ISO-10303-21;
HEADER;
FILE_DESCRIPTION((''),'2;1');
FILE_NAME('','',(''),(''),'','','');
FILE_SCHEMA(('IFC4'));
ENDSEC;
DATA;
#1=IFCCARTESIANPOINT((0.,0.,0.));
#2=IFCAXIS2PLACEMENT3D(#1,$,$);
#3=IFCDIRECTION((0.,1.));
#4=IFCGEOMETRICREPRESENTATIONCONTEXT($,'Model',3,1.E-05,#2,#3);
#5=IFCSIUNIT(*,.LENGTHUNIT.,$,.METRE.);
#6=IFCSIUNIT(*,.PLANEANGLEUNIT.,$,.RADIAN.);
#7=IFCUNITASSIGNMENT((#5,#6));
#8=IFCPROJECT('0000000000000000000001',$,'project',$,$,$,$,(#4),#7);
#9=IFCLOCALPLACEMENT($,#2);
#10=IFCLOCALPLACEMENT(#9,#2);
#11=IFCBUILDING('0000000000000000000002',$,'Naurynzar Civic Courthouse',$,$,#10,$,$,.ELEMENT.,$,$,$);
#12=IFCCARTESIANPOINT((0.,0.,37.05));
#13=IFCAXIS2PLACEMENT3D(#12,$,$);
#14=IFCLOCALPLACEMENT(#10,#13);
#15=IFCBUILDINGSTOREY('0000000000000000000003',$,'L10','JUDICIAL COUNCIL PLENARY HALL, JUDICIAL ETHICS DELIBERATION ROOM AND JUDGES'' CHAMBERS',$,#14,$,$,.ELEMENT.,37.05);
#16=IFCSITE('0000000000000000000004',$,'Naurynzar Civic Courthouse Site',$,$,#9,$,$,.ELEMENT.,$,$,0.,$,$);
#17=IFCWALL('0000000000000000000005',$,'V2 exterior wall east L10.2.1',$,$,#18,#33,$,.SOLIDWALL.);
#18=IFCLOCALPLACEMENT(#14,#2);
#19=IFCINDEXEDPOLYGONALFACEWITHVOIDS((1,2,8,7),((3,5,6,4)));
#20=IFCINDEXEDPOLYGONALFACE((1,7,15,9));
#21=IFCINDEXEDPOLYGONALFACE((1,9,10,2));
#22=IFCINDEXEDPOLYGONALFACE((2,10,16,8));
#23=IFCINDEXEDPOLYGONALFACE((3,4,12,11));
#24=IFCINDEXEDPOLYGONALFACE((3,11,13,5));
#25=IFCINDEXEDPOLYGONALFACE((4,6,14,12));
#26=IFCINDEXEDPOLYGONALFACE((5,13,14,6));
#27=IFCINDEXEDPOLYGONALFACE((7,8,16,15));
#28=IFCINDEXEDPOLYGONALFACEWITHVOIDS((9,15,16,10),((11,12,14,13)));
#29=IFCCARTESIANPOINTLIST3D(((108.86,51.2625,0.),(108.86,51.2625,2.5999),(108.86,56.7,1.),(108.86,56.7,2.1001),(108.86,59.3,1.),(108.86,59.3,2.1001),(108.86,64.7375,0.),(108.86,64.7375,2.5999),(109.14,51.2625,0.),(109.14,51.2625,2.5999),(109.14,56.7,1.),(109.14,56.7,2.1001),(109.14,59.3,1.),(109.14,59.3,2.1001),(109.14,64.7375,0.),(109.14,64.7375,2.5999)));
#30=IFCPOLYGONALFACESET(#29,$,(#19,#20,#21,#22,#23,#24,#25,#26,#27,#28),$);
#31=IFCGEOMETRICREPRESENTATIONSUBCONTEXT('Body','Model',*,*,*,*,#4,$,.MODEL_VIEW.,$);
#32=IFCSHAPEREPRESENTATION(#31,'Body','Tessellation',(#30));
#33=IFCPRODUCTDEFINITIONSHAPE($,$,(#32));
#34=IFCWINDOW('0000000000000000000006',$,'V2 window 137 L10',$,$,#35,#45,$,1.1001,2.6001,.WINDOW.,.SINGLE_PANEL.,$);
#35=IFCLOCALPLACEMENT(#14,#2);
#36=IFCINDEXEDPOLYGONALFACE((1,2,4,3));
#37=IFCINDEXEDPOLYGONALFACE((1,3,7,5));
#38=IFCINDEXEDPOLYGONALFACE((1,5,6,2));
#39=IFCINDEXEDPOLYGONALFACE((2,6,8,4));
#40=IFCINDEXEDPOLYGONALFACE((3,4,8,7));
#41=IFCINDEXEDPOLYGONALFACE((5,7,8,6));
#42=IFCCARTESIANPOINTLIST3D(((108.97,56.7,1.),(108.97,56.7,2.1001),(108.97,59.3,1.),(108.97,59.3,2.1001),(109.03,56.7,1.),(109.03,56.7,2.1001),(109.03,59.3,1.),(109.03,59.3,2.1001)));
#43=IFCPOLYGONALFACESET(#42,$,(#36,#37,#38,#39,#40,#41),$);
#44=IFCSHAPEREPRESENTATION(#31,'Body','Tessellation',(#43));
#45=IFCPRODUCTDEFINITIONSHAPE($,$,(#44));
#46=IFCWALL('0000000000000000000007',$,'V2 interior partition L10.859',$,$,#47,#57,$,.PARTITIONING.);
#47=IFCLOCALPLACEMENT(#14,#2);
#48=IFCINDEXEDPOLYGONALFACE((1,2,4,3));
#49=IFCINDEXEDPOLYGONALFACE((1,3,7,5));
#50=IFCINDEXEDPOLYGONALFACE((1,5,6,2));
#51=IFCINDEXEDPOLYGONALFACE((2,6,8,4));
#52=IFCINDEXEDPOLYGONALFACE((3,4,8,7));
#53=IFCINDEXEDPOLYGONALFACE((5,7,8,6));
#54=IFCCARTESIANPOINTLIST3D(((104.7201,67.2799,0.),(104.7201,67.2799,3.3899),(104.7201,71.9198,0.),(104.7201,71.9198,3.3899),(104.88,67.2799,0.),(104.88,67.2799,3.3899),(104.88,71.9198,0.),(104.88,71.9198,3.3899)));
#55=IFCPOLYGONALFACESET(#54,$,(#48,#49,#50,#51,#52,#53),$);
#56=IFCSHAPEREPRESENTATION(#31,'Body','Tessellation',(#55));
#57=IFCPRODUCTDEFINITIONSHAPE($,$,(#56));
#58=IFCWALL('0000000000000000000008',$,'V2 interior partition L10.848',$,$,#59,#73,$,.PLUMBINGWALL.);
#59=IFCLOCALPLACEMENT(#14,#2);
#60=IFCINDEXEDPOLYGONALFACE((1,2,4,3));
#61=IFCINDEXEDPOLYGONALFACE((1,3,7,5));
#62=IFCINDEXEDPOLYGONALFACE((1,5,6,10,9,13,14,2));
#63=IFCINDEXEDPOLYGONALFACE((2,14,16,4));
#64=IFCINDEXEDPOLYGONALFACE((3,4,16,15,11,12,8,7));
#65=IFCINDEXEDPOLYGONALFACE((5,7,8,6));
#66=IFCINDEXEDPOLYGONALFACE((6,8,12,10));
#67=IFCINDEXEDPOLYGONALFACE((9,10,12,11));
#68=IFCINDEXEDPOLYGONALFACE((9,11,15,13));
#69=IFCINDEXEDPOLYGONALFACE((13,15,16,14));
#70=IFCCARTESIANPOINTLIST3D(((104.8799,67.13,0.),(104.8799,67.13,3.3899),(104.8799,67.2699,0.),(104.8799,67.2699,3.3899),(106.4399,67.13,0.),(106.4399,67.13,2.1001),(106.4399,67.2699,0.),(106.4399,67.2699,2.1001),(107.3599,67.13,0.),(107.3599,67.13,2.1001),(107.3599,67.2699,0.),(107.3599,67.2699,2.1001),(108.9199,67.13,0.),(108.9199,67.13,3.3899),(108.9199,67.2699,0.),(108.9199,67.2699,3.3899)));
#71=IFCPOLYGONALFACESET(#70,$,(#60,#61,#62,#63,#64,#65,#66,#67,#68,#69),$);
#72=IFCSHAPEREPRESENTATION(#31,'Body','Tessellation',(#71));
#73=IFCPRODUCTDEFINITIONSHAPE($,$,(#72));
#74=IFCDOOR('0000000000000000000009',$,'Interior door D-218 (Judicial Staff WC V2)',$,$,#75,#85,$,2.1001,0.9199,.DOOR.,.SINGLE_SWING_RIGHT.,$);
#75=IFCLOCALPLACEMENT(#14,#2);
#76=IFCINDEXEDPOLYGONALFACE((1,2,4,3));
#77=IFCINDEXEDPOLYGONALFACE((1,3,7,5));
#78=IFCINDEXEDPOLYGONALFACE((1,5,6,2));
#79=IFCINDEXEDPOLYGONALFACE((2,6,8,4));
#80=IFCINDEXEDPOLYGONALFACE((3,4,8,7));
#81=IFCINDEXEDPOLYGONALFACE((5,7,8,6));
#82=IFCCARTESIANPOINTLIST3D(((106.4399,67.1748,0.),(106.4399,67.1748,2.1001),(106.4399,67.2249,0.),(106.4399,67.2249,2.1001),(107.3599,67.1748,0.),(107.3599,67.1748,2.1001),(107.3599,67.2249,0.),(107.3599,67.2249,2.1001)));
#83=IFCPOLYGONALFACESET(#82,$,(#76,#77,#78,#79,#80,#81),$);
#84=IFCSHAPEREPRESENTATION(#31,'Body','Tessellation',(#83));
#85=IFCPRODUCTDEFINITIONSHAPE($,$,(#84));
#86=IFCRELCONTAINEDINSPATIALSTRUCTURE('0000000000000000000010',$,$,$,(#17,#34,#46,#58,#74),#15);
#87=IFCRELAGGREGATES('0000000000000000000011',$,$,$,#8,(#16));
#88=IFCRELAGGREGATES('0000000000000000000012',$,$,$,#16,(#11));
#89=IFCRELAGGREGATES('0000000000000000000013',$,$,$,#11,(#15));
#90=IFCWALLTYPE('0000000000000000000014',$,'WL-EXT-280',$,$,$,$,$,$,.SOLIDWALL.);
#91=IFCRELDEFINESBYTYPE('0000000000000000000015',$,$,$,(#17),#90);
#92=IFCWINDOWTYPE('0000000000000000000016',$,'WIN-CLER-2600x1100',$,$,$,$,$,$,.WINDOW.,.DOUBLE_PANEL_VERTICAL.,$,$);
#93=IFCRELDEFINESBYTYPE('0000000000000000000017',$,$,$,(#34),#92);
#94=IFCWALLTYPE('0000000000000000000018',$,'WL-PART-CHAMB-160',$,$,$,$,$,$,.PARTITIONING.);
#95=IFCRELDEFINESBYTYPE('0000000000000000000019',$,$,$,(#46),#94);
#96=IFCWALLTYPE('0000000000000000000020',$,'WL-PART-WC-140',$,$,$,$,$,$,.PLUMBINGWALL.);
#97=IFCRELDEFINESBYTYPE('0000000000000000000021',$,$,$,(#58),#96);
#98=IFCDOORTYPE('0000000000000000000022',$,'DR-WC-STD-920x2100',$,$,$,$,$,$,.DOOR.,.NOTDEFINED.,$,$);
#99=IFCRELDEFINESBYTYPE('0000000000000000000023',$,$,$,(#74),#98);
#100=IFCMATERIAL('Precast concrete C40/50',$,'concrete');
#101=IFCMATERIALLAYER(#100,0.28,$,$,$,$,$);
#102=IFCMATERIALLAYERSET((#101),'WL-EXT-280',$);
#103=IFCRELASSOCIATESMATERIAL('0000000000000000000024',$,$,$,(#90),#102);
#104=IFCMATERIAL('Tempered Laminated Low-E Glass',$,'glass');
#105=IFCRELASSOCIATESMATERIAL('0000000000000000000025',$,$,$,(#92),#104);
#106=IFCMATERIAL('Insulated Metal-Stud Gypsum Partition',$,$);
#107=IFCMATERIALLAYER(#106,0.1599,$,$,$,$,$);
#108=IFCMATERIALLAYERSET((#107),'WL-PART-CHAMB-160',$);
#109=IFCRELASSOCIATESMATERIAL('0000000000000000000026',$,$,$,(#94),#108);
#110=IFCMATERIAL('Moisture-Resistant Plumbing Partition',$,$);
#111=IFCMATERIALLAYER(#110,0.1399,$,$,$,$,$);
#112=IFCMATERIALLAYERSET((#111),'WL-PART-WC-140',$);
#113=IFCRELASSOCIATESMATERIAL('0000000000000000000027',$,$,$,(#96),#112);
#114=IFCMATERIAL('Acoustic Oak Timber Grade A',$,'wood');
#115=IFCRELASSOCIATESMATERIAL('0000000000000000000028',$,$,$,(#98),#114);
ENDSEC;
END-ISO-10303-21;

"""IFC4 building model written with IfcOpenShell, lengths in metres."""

from ifc_helpers import new_model, si_unit, direction, frame, frame_2d, origin, place, context, subcontext, project, spatial, rectangle, extrude, material, layer, layer_set, type_object, element, fill, save


model = new_model("IFC4")

# Units and contexts
model_context = context("Model", 3, precision=1e-05, world=origin(), true_north=direction((0.0, 1.0)))
body_context = subcontext(model_context, "Body", "Model", "MODEL_VIEW")
ifc_project = project(units=[si_unit("LENGTHUNIT", "METRE"), si_unit("PLANEANGLEUNIT", "RADIAN")], contexts=[model_context])

# Site, building, storey
site_placement = place(None, origin())
site = spatial("IfcSite", under=ifc_project, at=site_placement, Name="Naurynzar Civic Courthouse Site", CompositionType="ELEMENT", RefElevation=0.0)
building_placement = place(site_placement, origin())
building = spatial("IfcBuilding", under=site, at=building_placement, Name="Naurynzar Civic Courthouse", CompositionType="ELEMENT")
storey_placement = place(building_placement, frame((0.0, 0.0, 37.05)))
storey = spatial("IfcBuildingStorey", under=building, at=storey_placement, Name="L10", Description="JUDICIAL COUNCIL PLENARY HALL, JUDICIAL ETHICS DELIBERATION ROOM AND JUDGES' CHAMBERS", CompositionType="ELEMENT", Elevation=37.05)

# Wall, opening, window
ifc_material_1 = material(Name="Precast concrete C40/50", Category="concrete")
ifc_layer_1 = layer(ifc_material_1, 0.28)
ifc_layer_set_1 = layer_set([ifc_layer_1], Name="WL-EXT-280")
wall_type_1 = type_object("IfcWallType", Name="WL-EXT-280", PredefinedType="SOLIDWALL", material=ifc_layer_set_1)
wall_1_placement = place(storey_placement, frame((109.0, 64.7375, 0.0), z_axis=(0.0, 0.0, 1.0), x_axis=(0.0, -1.0, 0.0)))
wall_1 = element("IfcWall", 1, at=wall_1_placement, inside=storey, type_object=wall_type_1, Name="V2 exterior wall east L10.2.1", PredefinedType="SOLIDWALL", context=body_context, shape_type="SweptSolid", body=[
    extrude(rectangle(XDim=13.4751, YDim=0.28, at=frame_2d((6.7375, 0.0))), origin(), (0.0, 0.0, 1.0), 2.5999),
])
opening_1_placement = place(wall_1_placement, frame((5.4375, 0.0, 1.0)))
opening_1 = element("IfcOpeningElement", 2, at=opening_1_placement, cuts=wall_1, PredefinedType="OPENING", context=body_context, shape_type="SweptSolid", body=[
    extrude(rectangle(XDim=2.6001, YDim=1.1001, at=frame_2d((1.3, 0.55))), frame((0.0, 0.1499, 0.0), z_axis=(0.0, -1.0, 0.0), x_axis=(1.0, 0.0, 0.0)), (0.0, 0.0, 1.0), 0.3),
])
ifc_material_2 = material(Name="Tempered Laminated Low-E Glass", Category="glass")
window_type = type_object("IfcWindowType", Name="WIN-CLER-2600x1100", PartitioningType="DOUBLE_PANEL_VERTICAL", PredefinedType="WINDOW", material=ifc_material_2)
window_placement = place(opening_1_placement, origin())
window = element("IfcWindow", 3, at=window_placement, inside=storey, type_object=window_type, Name="V2 window 137 L10", OverallHeight=1.1001, OverallWidth=2.6001, PartitioningType="SINGLE_PANEL", PredefinedType="WINDOW", context=body_context, shape_type="SweptSolid", body=[
    extrude(rectangle(XDim=2.6001, YDim=1.1001, at=frame_2d((1.3, 0.55))), frame((0.0, 0.03, 0.0), z_axis=(0.0, -1.0, 0.0), x_axis=(1.0, 0.0, 0.0)), (0.0, 0.0, 1.0), 0.0601),
])
fill(opening_1, window)

# Wall
ifc_material_3 = material(Name="Insulated Metal-Stud Gypsum Partition")
ifc_layer_2 = layer(ifc_material_3, 0.1599)
ifc_layer_set_2 = layer_set([ifc_layer_2], Name="WL-PART-CHAMB-160")
wall_type_2 = type_object("IfcWallType", Name="WL-PART-CHAMB-160", PredefinedType="PARTITIONING", material=ifc_layer_set_2)
wall_2_placement = place(storey_placement, frame((104.8, 67.28, 0.0), z_axis=(0.0, 0.0, 1.0), x_axis=(0.0, 1.0, 0.0)))
element("IfcWall", 4, at=wall_2_placement, inside=storey, type_object=wall_type_2, Name="V2 interior partition L10.859", PredefinedType="PARTITIONING", context=body_context, shape_type="SweptSolid", body=[
    extrude(rectangle(XDim=4.6399, YDim=0.1599, at=frame_2d((2.3198, 0.0))), origin(), (0.0, 0.0, 1.0), 3.3899),
])

# Wall, opening, door
ifc_material_4 = material(Name="Moisture-Resistant Plumbing Partition")
ifc_layer_3 = layer(ifc_material_4, 0.1399)
ifc_layer_set_3 = layer_set([ifc_layer_3], Name="WL-PART-WC-140")
wall_type_3 = type_object("IfcWallType", Name="WL-PART-WC-140", PredefinedType="PLUMBINGWALL", material=ifc_layer_set_3)
wall_3_placement = place(storey_placement, frame((104.8799, 67.2, 0.0), z_axis=(0.0, 0.0, 1.0), x_axis=(1.0, 0.0, 0.0)))
wall_3 = element("IfcWall", 5, at=wall_3_placement, inside=storey, type_object=wall_type_3, Name="V2 interior partition L10.848", PredefinedType="PLUMBINGWALL", context=body_context, shape_type="SweptSolid", body=[
    extrude(rectangle(XDim=4.04, YDim=0.1399, at=frame_2d((2.02, 0.0))), origin(), (0.0, 0.0, 1.0), 3.3899),
])
opening_2_placement = place(wall_3_placement, frame((1.5601, 0.0, 0.0)))
opening_2 = element("IfcOpeningElement", 6, at=opening_2_placement, cuts=wall_3, PredefinedType="OPENING", context=body_context, shape_type="SweptSolid", body=[
    extrude(rectangle(XDim=0.9199, YDim=2.1001, at=frame_2d((0.46, 1.05))), frame((0.0, 0.0798, 0.0), z_axis=(0.0, -1.0, 0.0), x_axis=(1.0, 0.0, 0.0)), (0.0, 0.0, 1.0), 0.1599),
])
ifc_material_5 = material(Name="Acoustic Oak Timber Grade A", Category="wood")
door_type = type_object("IfcDoorType", Name="DR-WC-STD-920x2100", OperationType="NOTDEFINED", PredefinedType="DOOR", material=ifc_material_5)
door_placement = place(opening_2_placement, origin())
door = element("IfcDoor", 7, at=door_placement, inside=storey, type_object=door_type, Name="Interior door D-218 (Judicial Staff WC V2)", OperationType="SINGLE_SWING_RIGHT", OverallHeight=2.1001, OverallWidth=0.9199, PredefinedType="DOOR", context=body_context, shape_type="SweptSolid", body=[
    extrude(rectangle(XDim=0.9199, YDim=2.1001, at=frame_2d((0.46, 1.05))), frame((0.0, 0.0249, 0.0), z_axis=(0.0, -1.0, 0.0), x_axis=(1.0, 0.0, 0.0)), (0.0, 0.0, 1.0), 0.05),
])
fill(opening_2, door)

save(model, "model.ifc")
